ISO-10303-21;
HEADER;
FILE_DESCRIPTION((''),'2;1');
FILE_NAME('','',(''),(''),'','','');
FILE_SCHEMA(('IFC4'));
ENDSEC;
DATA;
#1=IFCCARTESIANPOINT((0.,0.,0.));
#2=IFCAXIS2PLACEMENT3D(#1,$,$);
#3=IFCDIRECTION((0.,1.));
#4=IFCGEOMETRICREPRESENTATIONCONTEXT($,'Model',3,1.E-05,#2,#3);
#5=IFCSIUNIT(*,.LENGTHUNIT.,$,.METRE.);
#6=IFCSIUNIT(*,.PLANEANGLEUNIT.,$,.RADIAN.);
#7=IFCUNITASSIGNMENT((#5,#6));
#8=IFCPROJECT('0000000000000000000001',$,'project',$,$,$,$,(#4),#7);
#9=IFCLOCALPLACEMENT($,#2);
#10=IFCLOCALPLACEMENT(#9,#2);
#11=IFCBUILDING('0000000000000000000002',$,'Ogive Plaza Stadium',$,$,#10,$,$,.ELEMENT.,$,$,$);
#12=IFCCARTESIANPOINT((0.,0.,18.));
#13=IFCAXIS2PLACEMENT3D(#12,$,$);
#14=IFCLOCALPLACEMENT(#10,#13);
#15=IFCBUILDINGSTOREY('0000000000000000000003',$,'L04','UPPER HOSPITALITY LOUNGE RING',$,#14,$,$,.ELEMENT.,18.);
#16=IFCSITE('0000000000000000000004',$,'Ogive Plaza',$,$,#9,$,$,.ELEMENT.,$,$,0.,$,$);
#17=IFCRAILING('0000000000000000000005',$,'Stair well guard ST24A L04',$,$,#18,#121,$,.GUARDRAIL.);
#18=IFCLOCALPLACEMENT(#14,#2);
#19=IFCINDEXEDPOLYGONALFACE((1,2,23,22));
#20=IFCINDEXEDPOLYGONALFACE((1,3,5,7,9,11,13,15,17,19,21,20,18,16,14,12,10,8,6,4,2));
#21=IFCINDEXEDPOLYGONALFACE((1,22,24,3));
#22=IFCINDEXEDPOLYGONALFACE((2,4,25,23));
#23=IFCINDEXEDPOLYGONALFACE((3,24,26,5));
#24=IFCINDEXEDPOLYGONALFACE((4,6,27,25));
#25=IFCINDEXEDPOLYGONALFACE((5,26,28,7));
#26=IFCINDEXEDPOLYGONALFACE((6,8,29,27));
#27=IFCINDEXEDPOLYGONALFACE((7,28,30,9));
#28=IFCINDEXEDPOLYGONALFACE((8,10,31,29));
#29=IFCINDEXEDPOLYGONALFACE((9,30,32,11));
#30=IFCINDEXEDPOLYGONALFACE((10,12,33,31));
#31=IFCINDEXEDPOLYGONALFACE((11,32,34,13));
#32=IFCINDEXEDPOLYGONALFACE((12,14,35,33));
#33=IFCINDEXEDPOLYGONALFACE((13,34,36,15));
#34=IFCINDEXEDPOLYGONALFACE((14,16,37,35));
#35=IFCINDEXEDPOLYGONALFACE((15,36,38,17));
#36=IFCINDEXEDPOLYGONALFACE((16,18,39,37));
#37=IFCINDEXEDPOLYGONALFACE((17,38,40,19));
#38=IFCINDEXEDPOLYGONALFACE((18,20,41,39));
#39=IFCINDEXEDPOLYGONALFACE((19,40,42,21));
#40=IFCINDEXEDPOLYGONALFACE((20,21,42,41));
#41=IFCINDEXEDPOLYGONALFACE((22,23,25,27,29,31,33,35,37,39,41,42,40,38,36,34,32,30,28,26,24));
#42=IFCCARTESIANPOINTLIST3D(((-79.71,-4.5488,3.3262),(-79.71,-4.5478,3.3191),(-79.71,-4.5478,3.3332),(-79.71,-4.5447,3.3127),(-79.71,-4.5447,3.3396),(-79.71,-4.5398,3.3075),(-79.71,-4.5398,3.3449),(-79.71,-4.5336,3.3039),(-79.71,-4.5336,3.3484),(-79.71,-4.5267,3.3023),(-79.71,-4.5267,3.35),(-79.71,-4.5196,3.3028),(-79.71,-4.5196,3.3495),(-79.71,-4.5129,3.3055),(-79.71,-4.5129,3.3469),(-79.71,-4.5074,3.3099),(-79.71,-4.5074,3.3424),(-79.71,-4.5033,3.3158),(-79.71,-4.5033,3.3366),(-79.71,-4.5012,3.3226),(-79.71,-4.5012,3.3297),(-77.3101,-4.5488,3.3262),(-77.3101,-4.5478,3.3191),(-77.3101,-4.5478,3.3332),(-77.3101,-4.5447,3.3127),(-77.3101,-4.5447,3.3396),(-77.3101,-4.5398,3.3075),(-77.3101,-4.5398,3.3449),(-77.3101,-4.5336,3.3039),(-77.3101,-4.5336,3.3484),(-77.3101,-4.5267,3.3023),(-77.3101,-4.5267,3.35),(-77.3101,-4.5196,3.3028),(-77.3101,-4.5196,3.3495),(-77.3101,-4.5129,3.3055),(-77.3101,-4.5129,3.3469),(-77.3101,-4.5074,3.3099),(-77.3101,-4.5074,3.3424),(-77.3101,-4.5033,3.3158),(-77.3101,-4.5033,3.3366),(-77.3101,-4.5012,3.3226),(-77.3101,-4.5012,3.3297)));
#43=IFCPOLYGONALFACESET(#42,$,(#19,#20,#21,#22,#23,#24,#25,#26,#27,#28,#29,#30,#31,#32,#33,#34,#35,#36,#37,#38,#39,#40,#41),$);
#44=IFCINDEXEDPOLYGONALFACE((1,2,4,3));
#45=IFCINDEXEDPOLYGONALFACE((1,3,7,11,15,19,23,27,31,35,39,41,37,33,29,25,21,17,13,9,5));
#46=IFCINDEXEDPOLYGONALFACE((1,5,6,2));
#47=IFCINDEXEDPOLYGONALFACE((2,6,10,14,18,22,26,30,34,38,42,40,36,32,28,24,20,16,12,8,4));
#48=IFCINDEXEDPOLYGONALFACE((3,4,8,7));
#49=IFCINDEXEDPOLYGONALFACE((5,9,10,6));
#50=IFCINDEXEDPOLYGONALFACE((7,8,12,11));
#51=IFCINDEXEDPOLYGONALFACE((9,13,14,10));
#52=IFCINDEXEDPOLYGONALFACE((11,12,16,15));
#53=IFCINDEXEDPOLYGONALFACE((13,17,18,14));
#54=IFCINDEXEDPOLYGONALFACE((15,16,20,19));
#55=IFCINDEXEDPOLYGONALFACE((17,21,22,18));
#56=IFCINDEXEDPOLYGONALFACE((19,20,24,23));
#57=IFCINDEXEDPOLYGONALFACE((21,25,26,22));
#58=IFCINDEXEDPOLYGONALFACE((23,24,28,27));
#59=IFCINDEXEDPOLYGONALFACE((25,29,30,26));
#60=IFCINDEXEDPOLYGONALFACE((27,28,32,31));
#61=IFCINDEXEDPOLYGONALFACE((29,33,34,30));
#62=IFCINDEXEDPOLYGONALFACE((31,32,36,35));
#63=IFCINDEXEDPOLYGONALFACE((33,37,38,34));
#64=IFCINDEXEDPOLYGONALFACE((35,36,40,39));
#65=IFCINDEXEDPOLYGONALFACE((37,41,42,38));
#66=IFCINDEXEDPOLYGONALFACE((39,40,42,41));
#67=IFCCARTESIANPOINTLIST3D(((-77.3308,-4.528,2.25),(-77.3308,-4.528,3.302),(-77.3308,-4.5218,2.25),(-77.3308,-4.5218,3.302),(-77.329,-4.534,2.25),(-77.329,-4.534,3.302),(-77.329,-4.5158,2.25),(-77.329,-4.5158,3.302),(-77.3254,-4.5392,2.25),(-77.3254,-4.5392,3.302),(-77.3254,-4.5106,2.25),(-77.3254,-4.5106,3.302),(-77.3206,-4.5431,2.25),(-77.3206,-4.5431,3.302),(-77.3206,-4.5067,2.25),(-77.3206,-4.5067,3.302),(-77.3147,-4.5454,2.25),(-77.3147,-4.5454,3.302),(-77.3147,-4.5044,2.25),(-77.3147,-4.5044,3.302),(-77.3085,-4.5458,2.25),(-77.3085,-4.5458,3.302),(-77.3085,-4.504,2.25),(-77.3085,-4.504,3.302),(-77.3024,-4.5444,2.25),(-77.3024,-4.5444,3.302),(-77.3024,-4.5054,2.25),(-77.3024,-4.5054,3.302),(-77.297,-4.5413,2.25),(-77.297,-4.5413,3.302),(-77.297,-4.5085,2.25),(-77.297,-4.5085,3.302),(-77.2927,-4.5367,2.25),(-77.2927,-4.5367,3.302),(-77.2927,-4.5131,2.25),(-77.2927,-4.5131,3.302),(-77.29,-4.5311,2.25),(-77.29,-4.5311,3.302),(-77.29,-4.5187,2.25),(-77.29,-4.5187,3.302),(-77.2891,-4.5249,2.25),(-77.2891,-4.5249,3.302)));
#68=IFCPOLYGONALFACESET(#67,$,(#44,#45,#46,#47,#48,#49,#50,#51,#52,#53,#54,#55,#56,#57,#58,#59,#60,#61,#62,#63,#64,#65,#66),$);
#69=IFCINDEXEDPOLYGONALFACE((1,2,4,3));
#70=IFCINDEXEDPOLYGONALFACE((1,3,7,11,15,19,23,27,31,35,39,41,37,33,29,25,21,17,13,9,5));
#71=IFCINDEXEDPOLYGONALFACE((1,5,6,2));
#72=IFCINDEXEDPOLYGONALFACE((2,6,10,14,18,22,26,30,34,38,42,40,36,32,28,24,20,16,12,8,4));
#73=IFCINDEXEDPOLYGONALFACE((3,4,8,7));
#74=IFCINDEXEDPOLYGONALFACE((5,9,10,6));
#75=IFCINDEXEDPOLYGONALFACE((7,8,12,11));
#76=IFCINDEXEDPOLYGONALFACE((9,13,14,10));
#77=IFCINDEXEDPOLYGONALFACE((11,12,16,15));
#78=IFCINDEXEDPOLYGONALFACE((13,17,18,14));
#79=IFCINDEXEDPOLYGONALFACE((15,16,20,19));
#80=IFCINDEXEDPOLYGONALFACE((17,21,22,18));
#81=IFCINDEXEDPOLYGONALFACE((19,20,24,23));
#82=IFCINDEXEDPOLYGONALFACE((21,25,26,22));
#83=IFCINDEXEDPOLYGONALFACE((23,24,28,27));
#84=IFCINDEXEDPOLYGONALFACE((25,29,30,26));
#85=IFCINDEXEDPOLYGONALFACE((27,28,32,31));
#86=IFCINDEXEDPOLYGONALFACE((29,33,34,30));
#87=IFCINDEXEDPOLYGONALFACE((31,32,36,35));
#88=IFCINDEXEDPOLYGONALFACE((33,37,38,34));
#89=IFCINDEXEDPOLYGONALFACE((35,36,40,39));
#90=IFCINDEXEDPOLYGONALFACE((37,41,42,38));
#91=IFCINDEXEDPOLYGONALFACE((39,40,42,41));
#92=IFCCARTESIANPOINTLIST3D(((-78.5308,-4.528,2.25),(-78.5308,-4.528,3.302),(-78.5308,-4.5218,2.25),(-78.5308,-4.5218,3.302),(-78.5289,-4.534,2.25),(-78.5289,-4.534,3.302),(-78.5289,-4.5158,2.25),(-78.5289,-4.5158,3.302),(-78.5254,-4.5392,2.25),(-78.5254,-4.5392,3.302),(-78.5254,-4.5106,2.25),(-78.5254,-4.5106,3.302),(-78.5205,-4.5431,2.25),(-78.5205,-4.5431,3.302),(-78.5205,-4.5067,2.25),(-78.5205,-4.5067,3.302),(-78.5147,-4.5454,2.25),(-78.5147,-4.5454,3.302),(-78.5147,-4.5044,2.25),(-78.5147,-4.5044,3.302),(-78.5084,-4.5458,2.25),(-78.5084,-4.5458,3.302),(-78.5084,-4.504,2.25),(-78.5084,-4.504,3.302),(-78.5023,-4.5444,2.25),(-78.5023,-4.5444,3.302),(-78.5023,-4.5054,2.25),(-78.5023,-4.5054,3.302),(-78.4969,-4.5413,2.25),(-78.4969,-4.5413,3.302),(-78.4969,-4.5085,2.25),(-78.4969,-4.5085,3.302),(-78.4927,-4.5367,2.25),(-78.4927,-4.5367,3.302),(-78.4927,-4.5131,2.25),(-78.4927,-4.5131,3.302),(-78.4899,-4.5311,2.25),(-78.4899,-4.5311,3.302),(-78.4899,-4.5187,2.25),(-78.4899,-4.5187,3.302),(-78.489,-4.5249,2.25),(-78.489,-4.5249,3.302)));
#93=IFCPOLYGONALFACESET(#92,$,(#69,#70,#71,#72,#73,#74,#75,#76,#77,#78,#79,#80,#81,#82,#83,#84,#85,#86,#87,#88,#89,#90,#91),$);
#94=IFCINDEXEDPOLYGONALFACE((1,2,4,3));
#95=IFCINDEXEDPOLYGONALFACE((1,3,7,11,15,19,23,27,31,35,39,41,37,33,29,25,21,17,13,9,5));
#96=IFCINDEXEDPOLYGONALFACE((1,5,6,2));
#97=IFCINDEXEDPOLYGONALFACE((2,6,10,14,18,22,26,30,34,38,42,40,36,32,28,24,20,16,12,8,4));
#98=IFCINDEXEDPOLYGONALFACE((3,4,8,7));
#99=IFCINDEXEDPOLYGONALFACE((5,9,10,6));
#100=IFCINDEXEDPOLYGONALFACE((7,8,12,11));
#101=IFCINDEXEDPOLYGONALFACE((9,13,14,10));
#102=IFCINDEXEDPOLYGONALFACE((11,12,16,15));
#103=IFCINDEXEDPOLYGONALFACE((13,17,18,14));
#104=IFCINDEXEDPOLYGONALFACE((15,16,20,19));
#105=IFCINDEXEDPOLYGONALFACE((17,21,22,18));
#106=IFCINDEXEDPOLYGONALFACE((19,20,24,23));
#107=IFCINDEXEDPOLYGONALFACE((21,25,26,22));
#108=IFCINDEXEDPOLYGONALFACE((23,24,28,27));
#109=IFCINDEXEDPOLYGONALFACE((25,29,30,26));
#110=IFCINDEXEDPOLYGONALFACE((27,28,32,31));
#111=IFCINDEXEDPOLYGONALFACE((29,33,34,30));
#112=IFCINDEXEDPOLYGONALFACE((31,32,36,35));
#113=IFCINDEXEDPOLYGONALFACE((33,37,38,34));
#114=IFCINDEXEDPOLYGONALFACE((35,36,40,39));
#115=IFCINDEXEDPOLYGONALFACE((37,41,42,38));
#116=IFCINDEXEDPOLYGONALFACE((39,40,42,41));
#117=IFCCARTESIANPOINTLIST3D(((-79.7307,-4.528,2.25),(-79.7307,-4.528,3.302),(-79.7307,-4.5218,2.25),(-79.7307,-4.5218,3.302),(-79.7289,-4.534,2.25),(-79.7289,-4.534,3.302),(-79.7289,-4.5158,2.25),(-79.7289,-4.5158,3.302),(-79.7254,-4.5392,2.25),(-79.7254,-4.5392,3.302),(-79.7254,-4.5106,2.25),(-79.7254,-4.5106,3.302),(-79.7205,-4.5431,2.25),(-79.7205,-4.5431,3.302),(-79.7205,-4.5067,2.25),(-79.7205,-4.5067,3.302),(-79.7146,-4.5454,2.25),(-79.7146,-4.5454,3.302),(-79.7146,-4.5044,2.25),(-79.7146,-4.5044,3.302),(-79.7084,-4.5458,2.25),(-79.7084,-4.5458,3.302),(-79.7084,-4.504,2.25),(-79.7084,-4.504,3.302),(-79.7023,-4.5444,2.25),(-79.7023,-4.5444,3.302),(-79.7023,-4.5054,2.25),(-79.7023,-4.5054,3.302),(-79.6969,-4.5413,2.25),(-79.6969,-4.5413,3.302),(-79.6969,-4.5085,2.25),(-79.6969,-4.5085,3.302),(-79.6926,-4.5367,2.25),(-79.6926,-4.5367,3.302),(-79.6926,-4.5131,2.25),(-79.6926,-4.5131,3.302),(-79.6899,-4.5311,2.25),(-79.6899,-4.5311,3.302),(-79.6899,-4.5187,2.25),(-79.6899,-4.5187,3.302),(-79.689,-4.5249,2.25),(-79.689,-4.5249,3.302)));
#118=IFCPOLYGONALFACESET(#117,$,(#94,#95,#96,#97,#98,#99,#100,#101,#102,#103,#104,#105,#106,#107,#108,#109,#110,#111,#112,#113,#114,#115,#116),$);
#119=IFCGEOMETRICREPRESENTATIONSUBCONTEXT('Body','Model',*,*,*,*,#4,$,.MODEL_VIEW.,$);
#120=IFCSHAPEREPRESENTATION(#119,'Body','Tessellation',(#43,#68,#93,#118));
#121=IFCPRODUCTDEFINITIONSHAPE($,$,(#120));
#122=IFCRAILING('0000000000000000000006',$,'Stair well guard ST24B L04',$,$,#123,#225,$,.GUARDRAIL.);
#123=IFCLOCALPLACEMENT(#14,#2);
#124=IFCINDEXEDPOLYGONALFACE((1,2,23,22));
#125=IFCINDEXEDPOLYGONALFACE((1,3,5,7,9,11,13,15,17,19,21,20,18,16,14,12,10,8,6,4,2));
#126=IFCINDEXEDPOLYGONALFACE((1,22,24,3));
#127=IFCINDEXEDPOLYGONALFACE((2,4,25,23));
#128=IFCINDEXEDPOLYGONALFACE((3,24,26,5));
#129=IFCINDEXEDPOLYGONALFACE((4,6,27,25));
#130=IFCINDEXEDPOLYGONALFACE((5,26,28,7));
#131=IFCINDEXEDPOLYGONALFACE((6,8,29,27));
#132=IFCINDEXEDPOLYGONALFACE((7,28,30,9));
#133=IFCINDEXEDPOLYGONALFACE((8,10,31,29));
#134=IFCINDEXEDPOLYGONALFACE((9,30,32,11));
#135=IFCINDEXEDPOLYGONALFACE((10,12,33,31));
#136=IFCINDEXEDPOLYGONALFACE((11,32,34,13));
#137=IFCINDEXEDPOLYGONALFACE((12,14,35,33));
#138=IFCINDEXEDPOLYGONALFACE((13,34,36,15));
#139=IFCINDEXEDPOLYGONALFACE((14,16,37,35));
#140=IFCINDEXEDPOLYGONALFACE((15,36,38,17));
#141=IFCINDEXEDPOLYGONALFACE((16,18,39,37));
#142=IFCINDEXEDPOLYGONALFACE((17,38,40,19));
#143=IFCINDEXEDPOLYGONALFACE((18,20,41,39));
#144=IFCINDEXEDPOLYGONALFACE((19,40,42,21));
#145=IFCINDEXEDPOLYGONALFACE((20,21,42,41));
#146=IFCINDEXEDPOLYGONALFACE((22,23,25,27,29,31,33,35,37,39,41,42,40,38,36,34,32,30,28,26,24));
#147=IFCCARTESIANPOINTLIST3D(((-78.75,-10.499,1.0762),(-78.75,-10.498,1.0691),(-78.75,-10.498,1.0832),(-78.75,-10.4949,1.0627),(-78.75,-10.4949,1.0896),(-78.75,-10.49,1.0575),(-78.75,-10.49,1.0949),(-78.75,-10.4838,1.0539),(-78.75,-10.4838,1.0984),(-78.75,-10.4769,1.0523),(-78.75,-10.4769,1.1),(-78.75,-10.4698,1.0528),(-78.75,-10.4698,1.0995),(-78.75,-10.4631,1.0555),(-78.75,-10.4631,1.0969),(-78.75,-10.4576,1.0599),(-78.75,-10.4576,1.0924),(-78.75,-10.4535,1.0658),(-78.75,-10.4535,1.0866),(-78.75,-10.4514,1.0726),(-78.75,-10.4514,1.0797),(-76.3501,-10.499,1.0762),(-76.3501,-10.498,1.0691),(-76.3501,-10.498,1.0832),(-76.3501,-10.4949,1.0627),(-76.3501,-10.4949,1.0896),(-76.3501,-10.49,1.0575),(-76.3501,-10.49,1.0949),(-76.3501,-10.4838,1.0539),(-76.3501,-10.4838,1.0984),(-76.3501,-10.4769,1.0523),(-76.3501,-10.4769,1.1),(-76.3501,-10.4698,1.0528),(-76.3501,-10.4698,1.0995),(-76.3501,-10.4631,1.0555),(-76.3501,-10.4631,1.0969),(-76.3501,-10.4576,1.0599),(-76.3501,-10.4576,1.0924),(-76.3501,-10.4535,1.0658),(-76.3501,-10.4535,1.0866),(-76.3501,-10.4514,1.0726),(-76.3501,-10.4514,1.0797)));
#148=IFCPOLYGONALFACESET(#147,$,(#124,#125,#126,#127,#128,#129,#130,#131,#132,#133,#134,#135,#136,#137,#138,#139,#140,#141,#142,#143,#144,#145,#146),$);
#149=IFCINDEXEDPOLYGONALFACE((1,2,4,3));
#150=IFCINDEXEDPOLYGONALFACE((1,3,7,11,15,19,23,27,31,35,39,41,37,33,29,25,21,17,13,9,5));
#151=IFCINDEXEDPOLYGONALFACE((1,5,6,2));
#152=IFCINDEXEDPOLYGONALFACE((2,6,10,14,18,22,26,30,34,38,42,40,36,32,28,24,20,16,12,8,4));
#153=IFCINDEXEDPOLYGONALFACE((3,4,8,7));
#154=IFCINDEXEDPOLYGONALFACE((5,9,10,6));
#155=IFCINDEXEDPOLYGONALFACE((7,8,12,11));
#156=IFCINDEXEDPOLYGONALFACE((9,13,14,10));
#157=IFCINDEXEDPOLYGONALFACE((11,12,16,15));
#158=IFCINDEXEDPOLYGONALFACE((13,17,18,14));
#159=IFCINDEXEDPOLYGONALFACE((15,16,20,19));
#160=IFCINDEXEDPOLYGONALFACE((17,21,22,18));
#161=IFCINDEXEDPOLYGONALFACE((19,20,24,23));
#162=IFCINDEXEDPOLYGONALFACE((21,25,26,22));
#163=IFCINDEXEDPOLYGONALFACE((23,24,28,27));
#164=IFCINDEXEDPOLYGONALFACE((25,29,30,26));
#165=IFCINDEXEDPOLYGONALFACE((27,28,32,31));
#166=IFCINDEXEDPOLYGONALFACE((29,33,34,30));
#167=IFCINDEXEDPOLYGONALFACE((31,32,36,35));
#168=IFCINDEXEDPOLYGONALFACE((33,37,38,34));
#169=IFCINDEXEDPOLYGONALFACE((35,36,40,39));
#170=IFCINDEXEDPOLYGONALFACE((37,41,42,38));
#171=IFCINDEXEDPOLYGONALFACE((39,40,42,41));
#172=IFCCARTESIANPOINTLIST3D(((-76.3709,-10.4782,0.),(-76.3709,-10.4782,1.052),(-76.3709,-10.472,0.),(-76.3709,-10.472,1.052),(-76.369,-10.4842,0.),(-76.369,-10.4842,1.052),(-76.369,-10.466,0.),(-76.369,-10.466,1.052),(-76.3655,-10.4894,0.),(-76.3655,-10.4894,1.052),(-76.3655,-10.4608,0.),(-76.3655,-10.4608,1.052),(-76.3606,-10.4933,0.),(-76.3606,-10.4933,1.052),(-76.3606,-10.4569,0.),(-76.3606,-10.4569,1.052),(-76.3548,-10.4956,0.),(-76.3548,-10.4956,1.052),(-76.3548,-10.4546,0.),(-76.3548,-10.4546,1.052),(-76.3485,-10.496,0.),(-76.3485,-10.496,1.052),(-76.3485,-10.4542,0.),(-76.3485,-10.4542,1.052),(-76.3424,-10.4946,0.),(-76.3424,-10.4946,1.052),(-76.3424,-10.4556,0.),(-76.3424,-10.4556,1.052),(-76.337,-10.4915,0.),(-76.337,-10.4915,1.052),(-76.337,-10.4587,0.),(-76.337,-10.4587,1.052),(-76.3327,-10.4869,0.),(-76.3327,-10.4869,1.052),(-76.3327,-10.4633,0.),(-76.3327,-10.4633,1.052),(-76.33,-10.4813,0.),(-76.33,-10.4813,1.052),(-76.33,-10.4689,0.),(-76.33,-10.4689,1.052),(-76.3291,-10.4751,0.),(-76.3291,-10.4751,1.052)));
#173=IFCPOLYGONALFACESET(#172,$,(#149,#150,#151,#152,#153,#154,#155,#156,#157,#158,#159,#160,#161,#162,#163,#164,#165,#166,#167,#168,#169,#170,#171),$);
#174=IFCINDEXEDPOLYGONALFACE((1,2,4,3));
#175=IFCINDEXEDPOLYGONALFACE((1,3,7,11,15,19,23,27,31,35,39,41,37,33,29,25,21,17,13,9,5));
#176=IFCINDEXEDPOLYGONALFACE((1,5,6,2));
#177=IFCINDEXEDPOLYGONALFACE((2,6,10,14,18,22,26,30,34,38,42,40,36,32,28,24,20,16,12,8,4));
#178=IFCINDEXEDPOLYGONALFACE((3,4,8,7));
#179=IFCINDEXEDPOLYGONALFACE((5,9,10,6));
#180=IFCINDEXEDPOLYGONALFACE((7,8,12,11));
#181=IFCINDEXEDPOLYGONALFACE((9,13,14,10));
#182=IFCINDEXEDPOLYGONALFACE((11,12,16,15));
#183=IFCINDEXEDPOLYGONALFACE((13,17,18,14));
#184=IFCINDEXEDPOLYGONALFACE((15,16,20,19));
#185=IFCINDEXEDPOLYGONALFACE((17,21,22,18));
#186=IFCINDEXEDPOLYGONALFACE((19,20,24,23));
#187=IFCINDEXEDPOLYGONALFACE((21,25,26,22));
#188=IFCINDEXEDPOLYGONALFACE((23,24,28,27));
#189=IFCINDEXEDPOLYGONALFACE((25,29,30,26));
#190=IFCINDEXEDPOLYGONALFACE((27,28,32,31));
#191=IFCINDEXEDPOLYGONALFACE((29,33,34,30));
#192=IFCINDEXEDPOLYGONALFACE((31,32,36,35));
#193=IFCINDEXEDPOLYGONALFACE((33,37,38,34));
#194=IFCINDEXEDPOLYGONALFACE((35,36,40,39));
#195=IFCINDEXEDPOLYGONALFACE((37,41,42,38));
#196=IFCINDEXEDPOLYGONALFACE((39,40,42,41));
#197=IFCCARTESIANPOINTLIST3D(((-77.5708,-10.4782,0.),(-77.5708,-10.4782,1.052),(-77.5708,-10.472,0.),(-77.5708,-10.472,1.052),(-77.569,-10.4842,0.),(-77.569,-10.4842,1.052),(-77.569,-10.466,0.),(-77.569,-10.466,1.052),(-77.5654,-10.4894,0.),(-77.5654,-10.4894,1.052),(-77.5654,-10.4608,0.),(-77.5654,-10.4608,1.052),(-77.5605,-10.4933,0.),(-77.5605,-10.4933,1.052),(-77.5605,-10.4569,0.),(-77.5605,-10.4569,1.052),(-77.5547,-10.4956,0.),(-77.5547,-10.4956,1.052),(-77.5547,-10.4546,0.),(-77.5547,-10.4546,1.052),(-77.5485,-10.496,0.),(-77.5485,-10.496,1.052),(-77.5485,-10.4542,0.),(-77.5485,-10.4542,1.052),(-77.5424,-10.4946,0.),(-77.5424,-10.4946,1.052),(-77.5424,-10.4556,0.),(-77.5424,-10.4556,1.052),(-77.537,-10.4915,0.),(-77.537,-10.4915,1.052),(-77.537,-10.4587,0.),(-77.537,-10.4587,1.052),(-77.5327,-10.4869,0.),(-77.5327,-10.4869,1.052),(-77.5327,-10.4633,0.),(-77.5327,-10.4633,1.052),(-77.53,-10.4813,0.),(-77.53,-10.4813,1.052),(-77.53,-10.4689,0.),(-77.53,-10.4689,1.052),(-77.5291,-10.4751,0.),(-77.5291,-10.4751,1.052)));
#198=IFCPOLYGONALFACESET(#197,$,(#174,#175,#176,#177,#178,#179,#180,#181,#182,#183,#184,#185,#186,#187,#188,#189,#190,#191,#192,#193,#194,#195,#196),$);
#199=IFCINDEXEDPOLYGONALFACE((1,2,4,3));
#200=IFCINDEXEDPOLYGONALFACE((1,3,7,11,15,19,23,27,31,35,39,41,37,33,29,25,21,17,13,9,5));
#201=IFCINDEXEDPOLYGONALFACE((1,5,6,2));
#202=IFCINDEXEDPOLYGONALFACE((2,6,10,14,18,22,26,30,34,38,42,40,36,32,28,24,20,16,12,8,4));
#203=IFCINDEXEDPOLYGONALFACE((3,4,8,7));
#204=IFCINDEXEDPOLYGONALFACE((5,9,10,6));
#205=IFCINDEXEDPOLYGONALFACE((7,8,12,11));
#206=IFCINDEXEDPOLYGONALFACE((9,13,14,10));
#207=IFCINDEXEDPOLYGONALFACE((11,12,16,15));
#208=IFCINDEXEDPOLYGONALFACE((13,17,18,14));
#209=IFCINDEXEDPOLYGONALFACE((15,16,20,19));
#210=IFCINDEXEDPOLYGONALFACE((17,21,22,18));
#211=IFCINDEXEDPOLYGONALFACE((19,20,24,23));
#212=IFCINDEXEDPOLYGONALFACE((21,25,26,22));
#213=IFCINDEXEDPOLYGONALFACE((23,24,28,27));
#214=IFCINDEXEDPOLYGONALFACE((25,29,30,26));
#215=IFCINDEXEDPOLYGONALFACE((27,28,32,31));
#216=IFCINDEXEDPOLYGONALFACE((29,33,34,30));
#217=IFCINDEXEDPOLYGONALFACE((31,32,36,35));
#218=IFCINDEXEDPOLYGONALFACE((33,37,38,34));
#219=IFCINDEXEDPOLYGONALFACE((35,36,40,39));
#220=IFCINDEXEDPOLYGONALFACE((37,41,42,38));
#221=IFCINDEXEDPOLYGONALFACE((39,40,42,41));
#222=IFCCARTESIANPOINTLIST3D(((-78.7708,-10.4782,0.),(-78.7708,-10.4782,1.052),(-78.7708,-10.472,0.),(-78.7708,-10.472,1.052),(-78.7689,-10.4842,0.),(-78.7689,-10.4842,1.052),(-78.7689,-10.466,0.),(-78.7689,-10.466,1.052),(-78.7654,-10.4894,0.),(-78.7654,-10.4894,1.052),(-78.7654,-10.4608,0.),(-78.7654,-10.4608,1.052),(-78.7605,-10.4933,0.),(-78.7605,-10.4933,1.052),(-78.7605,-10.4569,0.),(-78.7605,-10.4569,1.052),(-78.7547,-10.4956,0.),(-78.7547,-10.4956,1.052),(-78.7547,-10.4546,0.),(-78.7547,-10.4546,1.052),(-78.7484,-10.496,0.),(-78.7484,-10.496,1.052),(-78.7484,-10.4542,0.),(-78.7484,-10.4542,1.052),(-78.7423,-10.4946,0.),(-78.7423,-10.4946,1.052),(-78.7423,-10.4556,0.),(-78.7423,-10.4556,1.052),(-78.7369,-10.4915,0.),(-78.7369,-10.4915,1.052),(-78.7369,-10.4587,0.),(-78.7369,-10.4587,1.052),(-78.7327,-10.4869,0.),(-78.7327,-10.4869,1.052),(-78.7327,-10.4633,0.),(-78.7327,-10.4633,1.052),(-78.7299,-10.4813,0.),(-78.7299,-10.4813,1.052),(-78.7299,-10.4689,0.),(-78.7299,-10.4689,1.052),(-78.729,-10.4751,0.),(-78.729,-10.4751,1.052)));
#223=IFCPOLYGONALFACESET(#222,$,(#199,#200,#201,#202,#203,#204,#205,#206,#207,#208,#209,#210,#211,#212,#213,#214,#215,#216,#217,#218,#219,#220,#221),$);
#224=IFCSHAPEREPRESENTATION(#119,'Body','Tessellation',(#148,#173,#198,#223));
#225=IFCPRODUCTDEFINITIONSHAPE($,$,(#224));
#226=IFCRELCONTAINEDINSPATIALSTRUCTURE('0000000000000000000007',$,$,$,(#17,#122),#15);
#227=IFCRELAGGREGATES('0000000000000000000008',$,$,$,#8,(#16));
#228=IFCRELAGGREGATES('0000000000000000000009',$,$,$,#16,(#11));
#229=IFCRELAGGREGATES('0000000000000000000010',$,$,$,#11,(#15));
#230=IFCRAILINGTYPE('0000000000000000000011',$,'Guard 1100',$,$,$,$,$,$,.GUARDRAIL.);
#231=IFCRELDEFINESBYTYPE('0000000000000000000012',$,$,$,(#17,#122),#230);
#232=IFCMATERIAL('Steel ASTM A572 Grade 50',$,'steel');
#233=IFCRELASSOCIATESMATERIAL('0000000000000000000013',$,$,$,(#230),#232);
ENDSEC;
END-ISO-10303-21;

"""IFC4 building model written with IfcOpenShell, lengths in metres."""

from ifc_helpers import new_model, si_unit, direction, frame, origin, origin_2d, place, context, subcontext, project, spatial, circle, extrude, material, type_object, element, save


model = new_model("IFC4")

# Units and contexts
model_context = context("Model", 3, precision=1e-05, world=origin(), true_north=direction((0.0, 1.0)))
body_context = subcontext(model_context, "Body", "Model", "MODEL_VIEW")
ifc_project = project(units=[si_unit("LENGTHUNIT", "METRE"), si_unit("PLANEANGLEUNIT", "RADIAN")], contexts=[model_context])

# Site, building, storey
site_placement = place(None, origin())
site = spatial("IfcSite", under=ifc_project, at=site_placement, Name="Ogive Plaza", CompositionType="ELEMENT", RefElevation=0.0)
building_placement = place(site_placement, origin())
building = spatial("IfcBuilding", under=site, at=building_placement, Name="Ogive Plaza Stadium", CompositionType="ELEMENT")
storey_placement = place(building_placement, frame((0.0, 0.0, 18.0)))
storey = spatial("IfcBuildingStorey", under=building, at=storey_placement, Name="L04", Description="UPPER HOSPITALITY LOUNGE RING", CompositionType="ELEMENT", Elevation=18.0)

# Railings
ifc_material_1 = material(Name="Steel ASTM A572 Grade 50", Category="steel")
railing_type_1 = type_object("IfcRailingType", Name="Guard 1100", PredefinedType="GUARDRAIL", material=ifc_material_1)
for number, where, name in (
    (1, (-77.3101, -4.5249, 2.25), "Stair well guard ST24A L04"),
    (2, (-76.3501, -10.4751, 0.0), "Stair well guard ST24B L04"),
):
    element("IfcRailing", number, at=place(storey_placement, frame(where)), inside=storey, type_object=railing_type_1, Name=name, PredefinedType="GUARDRAIL", context=body_context, shape_type="SweptSolid", body=[
        extrude(circle(Radius=0.0239, at=origin_2d()), frame((0.0, 0.0, 1.0762), z_axis=(-1.0, 0.0, 0.0), x_axis=(0.0, -1.0, 0.0)), (0.0, 0.0, 1.0), 2.3999),
        extrude(circle(Radius=0.021, at=origin_2d()), origin(), (0.0, 0.0, 1.0), 1.052),
        extrude(circle(Radius=0.021, at=origin_2d()), frame((-1.2, 0.0, 0.0)), (0.0, 0.0, 1.0), 1.052),
        extrude(circle(Radius=0.021, at=origin_2d()), frame((-2.3999, 0.0, 0.0)), (0.0, 0.0, 1.0), 1.052),
    ])

save(model, "model.ifc")
